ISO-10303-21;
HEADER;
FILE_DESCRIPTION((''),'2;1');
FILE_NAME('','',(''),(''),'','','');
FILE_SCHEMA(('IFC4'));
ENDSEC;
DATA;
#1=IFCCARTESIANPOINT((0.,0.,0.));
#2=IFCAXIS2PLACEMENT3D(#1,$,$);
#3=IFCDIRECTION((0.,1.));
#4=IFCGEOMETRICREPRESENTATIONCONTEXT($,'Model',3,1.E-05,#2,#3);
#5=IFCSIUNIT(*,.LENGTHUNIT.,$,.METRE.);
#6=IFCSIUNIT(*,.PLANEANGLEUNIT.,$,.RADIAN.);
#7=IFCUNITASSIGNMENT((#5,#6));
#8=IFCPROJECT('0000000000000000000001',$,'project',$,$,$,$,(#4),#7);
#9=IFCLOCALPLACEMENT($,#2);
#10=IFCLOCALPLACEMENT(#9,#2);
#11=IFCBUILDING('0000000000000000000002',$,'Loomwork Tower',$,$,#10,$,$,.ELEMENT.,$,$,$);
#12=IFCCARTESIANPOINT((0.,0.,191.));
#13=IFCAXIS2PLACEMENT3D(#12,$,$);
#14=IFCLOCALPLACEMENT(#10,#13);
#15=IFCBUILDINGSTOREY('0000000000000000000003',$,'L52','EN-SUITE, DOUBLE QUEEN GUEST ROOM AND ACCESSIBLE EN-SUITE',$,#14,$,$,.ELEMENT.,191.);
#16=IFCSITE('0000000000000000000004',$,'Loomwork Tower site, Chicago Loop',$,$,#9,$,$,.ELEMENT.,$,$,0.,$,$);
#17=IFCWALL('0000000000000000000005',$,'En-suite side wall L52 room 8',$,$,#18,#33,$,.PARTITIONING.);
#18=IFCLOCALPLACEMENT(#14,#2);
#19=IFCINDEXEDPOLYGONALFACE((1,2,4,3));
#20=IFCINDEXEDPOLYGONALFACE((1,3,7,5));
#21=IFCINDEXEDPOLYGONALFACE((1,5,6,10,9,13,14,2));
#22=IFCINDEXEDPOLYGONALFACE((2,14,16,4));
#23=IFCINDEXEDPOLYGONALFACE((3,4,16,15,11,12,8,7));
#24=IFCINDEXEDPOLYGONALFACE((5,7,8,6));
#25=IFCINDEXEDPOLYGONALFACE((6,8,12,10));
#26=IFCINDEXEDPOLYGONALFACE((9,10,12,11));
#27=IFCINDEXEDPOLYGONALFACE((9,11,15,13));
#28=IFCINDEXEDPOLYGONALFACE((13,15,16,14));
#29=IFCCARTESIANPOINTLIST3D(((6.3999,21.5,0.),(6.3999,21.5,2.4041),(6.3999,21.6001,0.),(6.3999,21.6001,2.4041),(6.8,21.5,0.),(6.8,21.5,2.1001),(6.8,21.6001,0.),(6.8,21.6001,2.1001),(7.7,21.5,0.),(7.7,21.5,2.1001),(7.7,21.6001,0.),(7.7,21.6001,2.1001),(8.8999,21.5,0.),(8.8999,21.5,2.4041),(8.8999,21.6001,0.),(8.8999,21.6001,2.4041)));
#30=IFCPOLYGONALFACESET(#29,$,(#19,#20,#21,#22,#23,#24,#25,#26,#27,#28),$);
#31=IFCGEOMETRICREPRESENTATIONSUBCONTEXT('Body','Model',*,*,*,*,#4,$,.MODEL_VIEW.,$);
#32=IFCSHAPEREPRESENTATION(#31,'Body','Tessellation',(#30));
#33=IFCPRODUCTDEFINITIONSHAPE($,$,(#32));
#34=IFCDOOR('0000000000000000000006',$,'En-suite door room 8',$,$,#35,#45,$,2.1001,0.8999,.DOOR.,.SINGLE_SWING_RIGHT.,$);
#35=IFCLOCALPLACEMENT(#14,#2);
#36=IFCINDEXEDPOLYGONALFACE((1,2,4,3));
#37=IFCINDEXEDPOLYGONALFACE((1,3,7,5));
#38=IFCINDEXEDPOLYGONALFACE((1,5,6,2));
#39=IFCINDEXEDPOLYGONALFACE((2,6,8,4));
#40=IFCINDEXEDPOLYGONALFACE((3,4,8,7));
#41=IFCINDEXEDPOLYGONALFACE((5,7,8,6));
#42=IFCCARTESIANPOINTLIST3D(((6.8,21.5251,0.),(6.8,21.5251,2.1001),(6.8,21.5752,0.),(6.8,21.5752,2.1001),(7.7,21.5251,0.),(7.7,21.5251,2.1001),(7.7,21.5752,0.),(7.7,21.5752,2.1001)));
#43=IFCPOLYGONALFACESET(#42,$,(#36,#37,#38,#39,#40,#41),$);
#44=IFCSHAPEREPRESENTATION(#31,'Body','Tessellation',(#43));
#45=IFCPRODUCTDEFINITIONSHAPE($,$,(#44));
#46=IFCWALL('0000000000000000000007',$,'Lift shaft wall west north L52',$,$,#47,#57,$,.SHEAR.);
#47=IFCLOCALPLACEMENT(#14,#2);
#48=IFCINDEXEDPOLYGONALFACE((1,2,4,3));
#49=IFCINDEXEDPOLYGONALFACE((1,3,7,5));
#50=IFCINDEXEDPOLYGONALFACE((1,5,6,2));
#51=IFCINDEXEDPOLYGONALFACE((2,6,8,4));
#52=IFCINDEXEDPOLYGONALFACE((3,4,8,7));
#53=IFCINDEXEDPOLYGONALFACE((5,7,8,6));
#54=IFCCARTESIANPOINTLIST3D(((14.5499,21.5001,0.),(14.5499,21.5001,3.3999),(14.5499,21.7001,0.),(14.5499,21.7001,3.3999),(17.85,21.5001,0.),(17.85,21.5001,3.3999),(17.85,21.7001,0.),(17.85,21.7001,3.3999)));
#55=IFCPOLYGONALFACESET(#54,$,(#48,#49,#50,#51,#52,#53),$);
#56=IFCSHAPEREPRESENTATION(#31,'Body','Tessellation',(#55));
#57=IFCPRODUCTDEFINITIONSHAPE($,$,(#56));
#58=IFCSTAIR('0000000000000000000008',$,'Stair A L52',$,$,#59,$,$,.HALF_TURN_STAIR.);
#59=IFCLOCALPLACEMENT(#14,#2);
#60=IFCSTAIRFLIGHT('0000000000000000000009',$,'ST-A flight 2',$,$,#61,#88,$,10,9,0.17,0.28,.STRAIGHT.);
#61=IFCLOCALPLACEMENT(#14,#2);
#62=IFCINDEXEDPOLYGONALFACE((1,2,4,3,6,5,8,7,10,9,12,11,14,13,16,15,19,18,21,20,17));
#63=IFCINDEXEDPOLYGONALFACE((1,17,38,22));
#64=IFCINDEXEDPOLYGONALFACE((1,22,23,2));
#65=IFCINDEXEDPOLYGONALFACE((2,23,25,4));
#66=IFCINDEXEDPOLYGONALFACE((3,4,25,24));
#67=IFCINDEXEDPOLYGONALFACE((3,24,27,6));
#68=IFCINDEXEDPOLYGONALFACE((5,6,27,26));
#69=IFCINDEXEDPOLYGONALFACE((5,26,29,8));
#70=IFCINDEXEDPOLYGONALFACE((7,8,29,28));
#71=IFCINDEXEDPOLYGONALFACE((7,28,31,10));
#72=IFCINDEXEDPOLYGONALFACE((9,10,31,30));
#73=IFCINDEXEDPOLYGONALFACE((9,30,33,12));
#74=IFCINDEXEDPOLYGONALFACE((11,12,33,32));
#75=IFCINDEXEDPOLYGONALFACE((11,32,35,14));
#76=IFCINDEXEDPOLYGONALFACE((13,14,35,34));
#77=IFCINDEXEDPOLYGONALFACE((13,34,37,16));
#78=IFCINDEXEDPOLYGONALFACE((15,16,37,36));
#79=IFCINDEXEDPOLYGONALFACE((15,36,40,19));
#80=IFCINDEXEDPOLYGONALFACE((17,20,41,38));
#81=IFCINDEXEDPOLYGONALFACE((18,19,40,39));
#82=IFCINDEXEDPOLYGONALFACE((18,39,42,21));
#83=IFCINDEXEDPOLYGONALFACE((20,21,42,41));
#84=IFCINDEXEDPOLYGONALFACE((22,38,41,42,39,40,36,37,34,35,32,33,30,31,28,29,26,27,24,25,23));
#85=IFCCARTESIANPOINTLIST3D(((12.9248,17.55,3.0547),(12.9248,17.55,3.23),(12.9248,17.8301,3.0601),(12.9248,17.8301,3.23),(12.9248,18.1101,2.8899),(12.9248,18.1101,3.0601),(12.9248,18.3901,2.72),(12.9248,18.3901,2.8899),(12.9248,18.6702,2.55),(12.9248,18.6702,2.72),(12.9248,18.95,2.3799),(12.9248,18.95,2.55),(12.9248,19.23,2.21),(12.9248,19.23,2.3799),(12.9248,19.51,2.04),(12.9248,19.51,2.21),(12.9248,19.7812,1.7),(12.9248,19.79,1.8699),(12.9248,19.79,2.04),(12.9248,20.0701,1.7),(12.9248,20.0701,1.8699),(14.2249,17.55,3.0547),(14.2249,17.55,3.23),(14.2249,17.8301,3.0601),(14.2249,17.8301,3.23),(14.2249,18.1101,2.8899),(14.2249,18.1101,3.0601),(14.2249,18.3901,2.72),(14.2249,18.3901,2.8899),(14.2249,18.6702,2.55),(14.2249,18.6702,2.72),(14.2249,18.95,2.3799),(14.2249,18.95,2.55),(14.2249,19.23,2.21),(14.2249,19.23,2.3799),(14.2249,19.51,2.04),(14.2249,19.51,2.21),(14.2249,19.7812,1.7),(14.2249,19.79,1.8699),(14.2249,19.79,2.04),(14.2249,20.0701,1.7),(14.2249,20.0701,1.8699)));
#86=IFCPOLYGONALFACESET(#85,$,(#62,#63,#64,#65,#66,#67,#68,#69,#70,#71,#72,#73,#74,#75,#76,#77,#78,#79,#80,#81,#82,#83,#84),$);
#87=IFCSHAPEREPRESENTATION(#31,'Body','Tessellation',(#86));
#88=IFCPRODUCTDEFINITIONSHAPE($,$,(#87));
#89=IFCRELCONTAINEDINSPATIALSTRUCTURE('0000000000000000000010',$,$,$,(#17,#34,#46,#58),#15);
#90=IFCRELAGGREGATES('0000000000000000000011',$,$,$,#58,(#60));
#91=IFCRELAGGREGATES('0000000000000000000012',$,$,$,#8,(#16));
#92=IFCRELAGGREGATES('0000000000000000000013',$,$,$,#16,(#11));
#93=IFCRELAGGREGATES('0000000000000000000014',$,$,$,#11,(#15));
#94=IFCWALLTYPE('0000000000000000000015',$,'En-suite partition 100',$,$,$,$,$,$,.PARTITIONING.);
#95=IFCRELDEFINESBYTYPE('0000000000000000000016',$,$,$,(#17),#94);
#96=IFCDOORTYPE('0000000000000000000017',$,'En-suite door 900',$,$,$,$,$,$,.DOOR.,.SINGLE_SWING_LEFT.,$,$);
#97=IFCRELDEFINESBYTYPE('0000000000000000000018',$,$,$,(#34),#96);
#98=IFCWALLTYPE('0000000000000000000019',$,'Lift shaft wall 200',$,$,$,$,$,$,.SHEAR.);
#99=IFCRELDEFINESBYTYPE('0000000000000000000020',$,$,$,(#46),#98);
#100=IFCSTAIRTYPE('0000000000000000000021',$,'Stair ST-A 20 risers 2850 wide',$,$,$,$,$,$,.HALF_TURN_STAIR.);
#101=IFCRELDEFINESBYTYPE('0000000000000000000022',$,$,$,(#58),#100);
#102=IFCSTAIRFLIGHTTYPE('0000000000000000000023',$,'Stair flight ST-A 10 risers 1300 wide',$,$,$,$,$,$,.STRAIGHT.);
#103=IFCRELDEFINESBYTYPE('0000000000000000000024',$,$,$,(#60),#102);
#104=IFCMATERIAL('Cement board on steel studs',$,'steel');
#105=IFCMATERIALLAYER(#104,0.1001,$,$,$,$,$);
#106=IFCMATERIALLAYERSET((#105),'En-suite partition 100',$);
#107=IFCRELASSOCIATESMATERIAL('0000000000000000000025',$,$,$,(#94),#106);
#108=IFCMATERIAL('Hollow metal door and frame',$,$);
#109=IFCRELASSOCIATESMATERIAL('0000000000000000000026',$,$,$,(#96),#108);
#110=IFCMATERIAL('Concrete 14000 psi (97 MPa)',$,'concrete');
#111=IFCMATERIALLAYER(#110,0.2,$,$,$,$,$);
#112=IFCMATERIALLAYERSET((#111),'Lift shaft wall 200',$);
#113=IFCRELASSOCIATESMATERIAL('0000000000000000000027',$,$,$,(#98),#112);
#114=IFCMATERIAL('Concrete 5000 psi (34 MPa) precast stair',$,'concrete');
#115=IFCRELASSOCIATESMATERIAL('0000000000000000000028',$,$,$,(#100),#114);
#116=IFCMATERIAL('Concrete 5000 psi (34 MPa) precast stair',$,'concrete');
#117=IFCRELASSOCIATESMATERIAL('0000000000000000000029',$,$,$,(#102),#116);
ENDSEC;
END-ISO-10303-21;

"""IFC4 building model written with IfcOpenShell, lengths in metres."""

from ifc_helpers import new_model, si_unit, direction, frame, frame_2d, origin, place, context, subcontext, project, spatial, polyline, rectangle, outline, extrude, material, layer, layer_set, type_object, element, fill, aggregate, save


model = new_model("IFC4")

# Units and contexts
model_context = context("Model", 3, precision=1e-05, world=origin(), true_north=direction((0.0, 1.0)))
body_context = subcontext(model_context, "Body", "Model", "MODEL_VIEW")
ifc_project = project(units=[si_unit("LENGTHUNIT", "METRE"), si_unit("PLANEANGLEUNIT", "RADIAN")], contexts=[model_context])

# Site, building, storey
site_placement = place(None, origin())
site = spatial("IfcSite", under=ifc_project, at=site_placement, Name="Loomwork Tower site, Chicago Loop", CompositionType="ELEMENT", RefElevation=0.0)
building_placement = place(site_placement, origin())
building = spatial("IfcBuilding", under=site, at=building_placement, Name="Loomwork Tower", CompositionType="ELEMENT")
storey_placement = place(building_placement, frame((0.0, 0.0, 191.0)))
storey = spatial("IfcBuildingStorey", under=building, at=storey_placement, Name="L52", Description="EN-SUITE, DOUBLE QUEEN GUEST ROOM AND ACCESSIBLE EN-SUITE", CompositionType="ELEMENT", Elevation=191.0)

# Wall, opening, door
ifc_material_1 = material(Name="Cement board on steel studs", Category="steel")
ifc_layer_1 = layer(ifc_material_1, 0.1001)
ifc_layer_set_1 = layer_set([ifc_layer_1], Name="En-suite partition 100")
wall_type_1 = type_object("IfcWallType", Name="En-suite partition 100", PredefinedType="PARTITIONING", material=ifc_layer_set_1)
wall_1_placement = place(storey_placement, frame((8.8999, 21.55, 0.0), z_axis=(0.0, 0.0, 1.0), x_axis=(-1.0, 0.0, 0.0)))
wall_1 = element("IfcWall", 1, at=wall_1_placement, inside=storey, type_object=wall_type_1, Name="En-suite side wall L52 room 8", PredefinedType="PARTITIONING", context=body_context, shape_type="SweptSolid", body=[
    extrude(rectangle(XDim=2.5, YDim=0.1001, at=frame_2d((1.25, 0.0))), origin(), (0.0, 0.0, 1.0), 2.4041),
])
opening_1_placement = place(wall_1_placement, frame((1.2, 0.0, 0.0)))
opening_1 = element("IfcOpeningElement", 2, at=opening_1_placement, cuts=wall_1, PredefinedType="OPENING", context=body_context, shape_type="SweptSolid", body=[
    extrude(rectangle(XDim=0.8999, YDim=2.1001, at=frame_2d((0.45, 1.05))), frame((0.0, 0.0601, 0.0), z_axis=(0.0, -1.0, 0.0), x_axis=(1.0, 0.0, 0.0)), (0.0, 0.0, 1.0), 0.1201),
])
ifc_material_2 = material(Name="Hollow metal door and frame")
door_type_1 = type_object("IfcDoorType", Name="En-suite door 900", OperationType="SINGLE_SWING_LEFT", PredefinedType="DOOR", material=ifc_material_2)
door_1_placement = place(opening_1_placement, origin())
door_1 = element("IfcDoor", 3, at=door_1_placement, inside=storey, type_object=door_type_1, Name="En-suite door room 8", OperationType="SINGLE_SWING_RIGHT", OverallHeight=2.1001, OverallWidth=0.8999, PredefinedType="DOOR", context=body_context, shape_type="SweptSolid", body=[
    extrude(rectangle(XDim=0.8999, YDim=2.1001, at=frame_2d((0.45, 1.05))), frame((0.0, 0.0249, 0.0), z_axis=(0.0, -1.0, 0.0), x_axis=(1.0, 0.0, 0.0)), (0.0, 0.0, 1.0), 0.05),
])
fill(opening_1, door_1)

# Wall
ifc_material_3 = material(Name="Concrete 14000 psi (97 MPa)", Category="concrete")
ifc_layer_2 = layer(ifc_material_3, 0.2)
ifc_layer_set_2 = layer_set([ifc_layer_2], Name="Lift shaft wall 200")
wall_type_2 = type_object("IfcWallType", Name="Lift shaft wall 200", PredefinedType="SHEAR", material=ifc_layer_set_2)
wall_2_placement = place(storey_placement, frame((14.55, 21.6001, 0.0), z_axis=(0.0, 0.0, 1.0), x_axis=(1.0, 0.0, 0.0)))
element("IfcWall", 4, at=wall_2_placement, inside=storey, type_object=wall_type_2, Name="Lift shaft wall west north L52", PredefinedType="SHEAR", context=body_context, shape_type="SweptSolid", body=[
    extrude(rectangle(XDim=3.3, YDim=0.2, at=frame_2d((1.6499, 0.0))), origin(), (0.0, 0.0, 1.0), 3.3999),
])

# Stair, stair flight
ifc_material_4 = material(Name="Concrete 5000 psi (34 MPa) precast stair", Category="concrete")
stair_type = type_object("IfcStairType", Name="Stair ST-A 20 risers 2850 wide", PredefinedType="HALF_TURN_STAIR", material=ifc_material_4)
stair_placement = place(storey_placement, origin())
stair = element("IfcStair", 5, at=stair_placement, inside=storey, type_object=stair_type, Name="Stair A L52", PredefinedType="HALF_TURN_STAIR")
ifc_material_5 = material(Name="Concrete 5000 psi (34 MPa) precast stair", Category="concrete")
stair_flight_type = type_object("IfcStairFlightType", Name="Stair flight ST-A 10 risers 1300 wide", PredefinedType="STRAIGHT", material=ifc_material_5)
stair_flight_placement = place(storey_placement, frame((13.575, 20.0701, 1.7), z_axis=(0.0, 0.0, 1.0), x_axis=(0.0, -1.0, 0.0)))
stair_flight = element("IfcStairFlight", 6, at=stair_flight_placement, type_object=stair_flight_type, Name="ST-A flight 2", NumberOfRisers=10, NumberOfTreads=9, PredefinedType="STRAIGHT", RiserHeight=0.17, TreadLength=0.28, context=body_context, shape_type="SweptSolid", body=[
    extrude(outline(polyline([(0.0, 0.0), (0.0, 0.1699), (0.28, 0.1699), (0.28, 0.3401), (0.5601, 0.3401), (0.5601, 0.51), (0.8401, 0.51), (0.8401, 0.6799), (1.1201, 0.6799), (1.1201, 0.8501), (1.3999, 0.8501), (1.3999, 1.02), (1.6799, 1.02), (1.6799, 1.1899), (1.96, 1.1899), (1.96, 1.3601), (2.24, 1.3601), (2.24, 1.53), (2.52, 1.53), (2.52, 1.7), (2.52, 1.3547), (0.2888, 0.0), (0.0, 0.0)])), frame((0.0, 0.6499, 0.0), z_axis=(0.0, -1.0, 0.0), x_axis=(1.0, 0.0, 0.0)), (0.0, 0.0, 1.0), 1.3),
])
aggregate(stair, [stair_flight])

save(model, "model.ifc")
